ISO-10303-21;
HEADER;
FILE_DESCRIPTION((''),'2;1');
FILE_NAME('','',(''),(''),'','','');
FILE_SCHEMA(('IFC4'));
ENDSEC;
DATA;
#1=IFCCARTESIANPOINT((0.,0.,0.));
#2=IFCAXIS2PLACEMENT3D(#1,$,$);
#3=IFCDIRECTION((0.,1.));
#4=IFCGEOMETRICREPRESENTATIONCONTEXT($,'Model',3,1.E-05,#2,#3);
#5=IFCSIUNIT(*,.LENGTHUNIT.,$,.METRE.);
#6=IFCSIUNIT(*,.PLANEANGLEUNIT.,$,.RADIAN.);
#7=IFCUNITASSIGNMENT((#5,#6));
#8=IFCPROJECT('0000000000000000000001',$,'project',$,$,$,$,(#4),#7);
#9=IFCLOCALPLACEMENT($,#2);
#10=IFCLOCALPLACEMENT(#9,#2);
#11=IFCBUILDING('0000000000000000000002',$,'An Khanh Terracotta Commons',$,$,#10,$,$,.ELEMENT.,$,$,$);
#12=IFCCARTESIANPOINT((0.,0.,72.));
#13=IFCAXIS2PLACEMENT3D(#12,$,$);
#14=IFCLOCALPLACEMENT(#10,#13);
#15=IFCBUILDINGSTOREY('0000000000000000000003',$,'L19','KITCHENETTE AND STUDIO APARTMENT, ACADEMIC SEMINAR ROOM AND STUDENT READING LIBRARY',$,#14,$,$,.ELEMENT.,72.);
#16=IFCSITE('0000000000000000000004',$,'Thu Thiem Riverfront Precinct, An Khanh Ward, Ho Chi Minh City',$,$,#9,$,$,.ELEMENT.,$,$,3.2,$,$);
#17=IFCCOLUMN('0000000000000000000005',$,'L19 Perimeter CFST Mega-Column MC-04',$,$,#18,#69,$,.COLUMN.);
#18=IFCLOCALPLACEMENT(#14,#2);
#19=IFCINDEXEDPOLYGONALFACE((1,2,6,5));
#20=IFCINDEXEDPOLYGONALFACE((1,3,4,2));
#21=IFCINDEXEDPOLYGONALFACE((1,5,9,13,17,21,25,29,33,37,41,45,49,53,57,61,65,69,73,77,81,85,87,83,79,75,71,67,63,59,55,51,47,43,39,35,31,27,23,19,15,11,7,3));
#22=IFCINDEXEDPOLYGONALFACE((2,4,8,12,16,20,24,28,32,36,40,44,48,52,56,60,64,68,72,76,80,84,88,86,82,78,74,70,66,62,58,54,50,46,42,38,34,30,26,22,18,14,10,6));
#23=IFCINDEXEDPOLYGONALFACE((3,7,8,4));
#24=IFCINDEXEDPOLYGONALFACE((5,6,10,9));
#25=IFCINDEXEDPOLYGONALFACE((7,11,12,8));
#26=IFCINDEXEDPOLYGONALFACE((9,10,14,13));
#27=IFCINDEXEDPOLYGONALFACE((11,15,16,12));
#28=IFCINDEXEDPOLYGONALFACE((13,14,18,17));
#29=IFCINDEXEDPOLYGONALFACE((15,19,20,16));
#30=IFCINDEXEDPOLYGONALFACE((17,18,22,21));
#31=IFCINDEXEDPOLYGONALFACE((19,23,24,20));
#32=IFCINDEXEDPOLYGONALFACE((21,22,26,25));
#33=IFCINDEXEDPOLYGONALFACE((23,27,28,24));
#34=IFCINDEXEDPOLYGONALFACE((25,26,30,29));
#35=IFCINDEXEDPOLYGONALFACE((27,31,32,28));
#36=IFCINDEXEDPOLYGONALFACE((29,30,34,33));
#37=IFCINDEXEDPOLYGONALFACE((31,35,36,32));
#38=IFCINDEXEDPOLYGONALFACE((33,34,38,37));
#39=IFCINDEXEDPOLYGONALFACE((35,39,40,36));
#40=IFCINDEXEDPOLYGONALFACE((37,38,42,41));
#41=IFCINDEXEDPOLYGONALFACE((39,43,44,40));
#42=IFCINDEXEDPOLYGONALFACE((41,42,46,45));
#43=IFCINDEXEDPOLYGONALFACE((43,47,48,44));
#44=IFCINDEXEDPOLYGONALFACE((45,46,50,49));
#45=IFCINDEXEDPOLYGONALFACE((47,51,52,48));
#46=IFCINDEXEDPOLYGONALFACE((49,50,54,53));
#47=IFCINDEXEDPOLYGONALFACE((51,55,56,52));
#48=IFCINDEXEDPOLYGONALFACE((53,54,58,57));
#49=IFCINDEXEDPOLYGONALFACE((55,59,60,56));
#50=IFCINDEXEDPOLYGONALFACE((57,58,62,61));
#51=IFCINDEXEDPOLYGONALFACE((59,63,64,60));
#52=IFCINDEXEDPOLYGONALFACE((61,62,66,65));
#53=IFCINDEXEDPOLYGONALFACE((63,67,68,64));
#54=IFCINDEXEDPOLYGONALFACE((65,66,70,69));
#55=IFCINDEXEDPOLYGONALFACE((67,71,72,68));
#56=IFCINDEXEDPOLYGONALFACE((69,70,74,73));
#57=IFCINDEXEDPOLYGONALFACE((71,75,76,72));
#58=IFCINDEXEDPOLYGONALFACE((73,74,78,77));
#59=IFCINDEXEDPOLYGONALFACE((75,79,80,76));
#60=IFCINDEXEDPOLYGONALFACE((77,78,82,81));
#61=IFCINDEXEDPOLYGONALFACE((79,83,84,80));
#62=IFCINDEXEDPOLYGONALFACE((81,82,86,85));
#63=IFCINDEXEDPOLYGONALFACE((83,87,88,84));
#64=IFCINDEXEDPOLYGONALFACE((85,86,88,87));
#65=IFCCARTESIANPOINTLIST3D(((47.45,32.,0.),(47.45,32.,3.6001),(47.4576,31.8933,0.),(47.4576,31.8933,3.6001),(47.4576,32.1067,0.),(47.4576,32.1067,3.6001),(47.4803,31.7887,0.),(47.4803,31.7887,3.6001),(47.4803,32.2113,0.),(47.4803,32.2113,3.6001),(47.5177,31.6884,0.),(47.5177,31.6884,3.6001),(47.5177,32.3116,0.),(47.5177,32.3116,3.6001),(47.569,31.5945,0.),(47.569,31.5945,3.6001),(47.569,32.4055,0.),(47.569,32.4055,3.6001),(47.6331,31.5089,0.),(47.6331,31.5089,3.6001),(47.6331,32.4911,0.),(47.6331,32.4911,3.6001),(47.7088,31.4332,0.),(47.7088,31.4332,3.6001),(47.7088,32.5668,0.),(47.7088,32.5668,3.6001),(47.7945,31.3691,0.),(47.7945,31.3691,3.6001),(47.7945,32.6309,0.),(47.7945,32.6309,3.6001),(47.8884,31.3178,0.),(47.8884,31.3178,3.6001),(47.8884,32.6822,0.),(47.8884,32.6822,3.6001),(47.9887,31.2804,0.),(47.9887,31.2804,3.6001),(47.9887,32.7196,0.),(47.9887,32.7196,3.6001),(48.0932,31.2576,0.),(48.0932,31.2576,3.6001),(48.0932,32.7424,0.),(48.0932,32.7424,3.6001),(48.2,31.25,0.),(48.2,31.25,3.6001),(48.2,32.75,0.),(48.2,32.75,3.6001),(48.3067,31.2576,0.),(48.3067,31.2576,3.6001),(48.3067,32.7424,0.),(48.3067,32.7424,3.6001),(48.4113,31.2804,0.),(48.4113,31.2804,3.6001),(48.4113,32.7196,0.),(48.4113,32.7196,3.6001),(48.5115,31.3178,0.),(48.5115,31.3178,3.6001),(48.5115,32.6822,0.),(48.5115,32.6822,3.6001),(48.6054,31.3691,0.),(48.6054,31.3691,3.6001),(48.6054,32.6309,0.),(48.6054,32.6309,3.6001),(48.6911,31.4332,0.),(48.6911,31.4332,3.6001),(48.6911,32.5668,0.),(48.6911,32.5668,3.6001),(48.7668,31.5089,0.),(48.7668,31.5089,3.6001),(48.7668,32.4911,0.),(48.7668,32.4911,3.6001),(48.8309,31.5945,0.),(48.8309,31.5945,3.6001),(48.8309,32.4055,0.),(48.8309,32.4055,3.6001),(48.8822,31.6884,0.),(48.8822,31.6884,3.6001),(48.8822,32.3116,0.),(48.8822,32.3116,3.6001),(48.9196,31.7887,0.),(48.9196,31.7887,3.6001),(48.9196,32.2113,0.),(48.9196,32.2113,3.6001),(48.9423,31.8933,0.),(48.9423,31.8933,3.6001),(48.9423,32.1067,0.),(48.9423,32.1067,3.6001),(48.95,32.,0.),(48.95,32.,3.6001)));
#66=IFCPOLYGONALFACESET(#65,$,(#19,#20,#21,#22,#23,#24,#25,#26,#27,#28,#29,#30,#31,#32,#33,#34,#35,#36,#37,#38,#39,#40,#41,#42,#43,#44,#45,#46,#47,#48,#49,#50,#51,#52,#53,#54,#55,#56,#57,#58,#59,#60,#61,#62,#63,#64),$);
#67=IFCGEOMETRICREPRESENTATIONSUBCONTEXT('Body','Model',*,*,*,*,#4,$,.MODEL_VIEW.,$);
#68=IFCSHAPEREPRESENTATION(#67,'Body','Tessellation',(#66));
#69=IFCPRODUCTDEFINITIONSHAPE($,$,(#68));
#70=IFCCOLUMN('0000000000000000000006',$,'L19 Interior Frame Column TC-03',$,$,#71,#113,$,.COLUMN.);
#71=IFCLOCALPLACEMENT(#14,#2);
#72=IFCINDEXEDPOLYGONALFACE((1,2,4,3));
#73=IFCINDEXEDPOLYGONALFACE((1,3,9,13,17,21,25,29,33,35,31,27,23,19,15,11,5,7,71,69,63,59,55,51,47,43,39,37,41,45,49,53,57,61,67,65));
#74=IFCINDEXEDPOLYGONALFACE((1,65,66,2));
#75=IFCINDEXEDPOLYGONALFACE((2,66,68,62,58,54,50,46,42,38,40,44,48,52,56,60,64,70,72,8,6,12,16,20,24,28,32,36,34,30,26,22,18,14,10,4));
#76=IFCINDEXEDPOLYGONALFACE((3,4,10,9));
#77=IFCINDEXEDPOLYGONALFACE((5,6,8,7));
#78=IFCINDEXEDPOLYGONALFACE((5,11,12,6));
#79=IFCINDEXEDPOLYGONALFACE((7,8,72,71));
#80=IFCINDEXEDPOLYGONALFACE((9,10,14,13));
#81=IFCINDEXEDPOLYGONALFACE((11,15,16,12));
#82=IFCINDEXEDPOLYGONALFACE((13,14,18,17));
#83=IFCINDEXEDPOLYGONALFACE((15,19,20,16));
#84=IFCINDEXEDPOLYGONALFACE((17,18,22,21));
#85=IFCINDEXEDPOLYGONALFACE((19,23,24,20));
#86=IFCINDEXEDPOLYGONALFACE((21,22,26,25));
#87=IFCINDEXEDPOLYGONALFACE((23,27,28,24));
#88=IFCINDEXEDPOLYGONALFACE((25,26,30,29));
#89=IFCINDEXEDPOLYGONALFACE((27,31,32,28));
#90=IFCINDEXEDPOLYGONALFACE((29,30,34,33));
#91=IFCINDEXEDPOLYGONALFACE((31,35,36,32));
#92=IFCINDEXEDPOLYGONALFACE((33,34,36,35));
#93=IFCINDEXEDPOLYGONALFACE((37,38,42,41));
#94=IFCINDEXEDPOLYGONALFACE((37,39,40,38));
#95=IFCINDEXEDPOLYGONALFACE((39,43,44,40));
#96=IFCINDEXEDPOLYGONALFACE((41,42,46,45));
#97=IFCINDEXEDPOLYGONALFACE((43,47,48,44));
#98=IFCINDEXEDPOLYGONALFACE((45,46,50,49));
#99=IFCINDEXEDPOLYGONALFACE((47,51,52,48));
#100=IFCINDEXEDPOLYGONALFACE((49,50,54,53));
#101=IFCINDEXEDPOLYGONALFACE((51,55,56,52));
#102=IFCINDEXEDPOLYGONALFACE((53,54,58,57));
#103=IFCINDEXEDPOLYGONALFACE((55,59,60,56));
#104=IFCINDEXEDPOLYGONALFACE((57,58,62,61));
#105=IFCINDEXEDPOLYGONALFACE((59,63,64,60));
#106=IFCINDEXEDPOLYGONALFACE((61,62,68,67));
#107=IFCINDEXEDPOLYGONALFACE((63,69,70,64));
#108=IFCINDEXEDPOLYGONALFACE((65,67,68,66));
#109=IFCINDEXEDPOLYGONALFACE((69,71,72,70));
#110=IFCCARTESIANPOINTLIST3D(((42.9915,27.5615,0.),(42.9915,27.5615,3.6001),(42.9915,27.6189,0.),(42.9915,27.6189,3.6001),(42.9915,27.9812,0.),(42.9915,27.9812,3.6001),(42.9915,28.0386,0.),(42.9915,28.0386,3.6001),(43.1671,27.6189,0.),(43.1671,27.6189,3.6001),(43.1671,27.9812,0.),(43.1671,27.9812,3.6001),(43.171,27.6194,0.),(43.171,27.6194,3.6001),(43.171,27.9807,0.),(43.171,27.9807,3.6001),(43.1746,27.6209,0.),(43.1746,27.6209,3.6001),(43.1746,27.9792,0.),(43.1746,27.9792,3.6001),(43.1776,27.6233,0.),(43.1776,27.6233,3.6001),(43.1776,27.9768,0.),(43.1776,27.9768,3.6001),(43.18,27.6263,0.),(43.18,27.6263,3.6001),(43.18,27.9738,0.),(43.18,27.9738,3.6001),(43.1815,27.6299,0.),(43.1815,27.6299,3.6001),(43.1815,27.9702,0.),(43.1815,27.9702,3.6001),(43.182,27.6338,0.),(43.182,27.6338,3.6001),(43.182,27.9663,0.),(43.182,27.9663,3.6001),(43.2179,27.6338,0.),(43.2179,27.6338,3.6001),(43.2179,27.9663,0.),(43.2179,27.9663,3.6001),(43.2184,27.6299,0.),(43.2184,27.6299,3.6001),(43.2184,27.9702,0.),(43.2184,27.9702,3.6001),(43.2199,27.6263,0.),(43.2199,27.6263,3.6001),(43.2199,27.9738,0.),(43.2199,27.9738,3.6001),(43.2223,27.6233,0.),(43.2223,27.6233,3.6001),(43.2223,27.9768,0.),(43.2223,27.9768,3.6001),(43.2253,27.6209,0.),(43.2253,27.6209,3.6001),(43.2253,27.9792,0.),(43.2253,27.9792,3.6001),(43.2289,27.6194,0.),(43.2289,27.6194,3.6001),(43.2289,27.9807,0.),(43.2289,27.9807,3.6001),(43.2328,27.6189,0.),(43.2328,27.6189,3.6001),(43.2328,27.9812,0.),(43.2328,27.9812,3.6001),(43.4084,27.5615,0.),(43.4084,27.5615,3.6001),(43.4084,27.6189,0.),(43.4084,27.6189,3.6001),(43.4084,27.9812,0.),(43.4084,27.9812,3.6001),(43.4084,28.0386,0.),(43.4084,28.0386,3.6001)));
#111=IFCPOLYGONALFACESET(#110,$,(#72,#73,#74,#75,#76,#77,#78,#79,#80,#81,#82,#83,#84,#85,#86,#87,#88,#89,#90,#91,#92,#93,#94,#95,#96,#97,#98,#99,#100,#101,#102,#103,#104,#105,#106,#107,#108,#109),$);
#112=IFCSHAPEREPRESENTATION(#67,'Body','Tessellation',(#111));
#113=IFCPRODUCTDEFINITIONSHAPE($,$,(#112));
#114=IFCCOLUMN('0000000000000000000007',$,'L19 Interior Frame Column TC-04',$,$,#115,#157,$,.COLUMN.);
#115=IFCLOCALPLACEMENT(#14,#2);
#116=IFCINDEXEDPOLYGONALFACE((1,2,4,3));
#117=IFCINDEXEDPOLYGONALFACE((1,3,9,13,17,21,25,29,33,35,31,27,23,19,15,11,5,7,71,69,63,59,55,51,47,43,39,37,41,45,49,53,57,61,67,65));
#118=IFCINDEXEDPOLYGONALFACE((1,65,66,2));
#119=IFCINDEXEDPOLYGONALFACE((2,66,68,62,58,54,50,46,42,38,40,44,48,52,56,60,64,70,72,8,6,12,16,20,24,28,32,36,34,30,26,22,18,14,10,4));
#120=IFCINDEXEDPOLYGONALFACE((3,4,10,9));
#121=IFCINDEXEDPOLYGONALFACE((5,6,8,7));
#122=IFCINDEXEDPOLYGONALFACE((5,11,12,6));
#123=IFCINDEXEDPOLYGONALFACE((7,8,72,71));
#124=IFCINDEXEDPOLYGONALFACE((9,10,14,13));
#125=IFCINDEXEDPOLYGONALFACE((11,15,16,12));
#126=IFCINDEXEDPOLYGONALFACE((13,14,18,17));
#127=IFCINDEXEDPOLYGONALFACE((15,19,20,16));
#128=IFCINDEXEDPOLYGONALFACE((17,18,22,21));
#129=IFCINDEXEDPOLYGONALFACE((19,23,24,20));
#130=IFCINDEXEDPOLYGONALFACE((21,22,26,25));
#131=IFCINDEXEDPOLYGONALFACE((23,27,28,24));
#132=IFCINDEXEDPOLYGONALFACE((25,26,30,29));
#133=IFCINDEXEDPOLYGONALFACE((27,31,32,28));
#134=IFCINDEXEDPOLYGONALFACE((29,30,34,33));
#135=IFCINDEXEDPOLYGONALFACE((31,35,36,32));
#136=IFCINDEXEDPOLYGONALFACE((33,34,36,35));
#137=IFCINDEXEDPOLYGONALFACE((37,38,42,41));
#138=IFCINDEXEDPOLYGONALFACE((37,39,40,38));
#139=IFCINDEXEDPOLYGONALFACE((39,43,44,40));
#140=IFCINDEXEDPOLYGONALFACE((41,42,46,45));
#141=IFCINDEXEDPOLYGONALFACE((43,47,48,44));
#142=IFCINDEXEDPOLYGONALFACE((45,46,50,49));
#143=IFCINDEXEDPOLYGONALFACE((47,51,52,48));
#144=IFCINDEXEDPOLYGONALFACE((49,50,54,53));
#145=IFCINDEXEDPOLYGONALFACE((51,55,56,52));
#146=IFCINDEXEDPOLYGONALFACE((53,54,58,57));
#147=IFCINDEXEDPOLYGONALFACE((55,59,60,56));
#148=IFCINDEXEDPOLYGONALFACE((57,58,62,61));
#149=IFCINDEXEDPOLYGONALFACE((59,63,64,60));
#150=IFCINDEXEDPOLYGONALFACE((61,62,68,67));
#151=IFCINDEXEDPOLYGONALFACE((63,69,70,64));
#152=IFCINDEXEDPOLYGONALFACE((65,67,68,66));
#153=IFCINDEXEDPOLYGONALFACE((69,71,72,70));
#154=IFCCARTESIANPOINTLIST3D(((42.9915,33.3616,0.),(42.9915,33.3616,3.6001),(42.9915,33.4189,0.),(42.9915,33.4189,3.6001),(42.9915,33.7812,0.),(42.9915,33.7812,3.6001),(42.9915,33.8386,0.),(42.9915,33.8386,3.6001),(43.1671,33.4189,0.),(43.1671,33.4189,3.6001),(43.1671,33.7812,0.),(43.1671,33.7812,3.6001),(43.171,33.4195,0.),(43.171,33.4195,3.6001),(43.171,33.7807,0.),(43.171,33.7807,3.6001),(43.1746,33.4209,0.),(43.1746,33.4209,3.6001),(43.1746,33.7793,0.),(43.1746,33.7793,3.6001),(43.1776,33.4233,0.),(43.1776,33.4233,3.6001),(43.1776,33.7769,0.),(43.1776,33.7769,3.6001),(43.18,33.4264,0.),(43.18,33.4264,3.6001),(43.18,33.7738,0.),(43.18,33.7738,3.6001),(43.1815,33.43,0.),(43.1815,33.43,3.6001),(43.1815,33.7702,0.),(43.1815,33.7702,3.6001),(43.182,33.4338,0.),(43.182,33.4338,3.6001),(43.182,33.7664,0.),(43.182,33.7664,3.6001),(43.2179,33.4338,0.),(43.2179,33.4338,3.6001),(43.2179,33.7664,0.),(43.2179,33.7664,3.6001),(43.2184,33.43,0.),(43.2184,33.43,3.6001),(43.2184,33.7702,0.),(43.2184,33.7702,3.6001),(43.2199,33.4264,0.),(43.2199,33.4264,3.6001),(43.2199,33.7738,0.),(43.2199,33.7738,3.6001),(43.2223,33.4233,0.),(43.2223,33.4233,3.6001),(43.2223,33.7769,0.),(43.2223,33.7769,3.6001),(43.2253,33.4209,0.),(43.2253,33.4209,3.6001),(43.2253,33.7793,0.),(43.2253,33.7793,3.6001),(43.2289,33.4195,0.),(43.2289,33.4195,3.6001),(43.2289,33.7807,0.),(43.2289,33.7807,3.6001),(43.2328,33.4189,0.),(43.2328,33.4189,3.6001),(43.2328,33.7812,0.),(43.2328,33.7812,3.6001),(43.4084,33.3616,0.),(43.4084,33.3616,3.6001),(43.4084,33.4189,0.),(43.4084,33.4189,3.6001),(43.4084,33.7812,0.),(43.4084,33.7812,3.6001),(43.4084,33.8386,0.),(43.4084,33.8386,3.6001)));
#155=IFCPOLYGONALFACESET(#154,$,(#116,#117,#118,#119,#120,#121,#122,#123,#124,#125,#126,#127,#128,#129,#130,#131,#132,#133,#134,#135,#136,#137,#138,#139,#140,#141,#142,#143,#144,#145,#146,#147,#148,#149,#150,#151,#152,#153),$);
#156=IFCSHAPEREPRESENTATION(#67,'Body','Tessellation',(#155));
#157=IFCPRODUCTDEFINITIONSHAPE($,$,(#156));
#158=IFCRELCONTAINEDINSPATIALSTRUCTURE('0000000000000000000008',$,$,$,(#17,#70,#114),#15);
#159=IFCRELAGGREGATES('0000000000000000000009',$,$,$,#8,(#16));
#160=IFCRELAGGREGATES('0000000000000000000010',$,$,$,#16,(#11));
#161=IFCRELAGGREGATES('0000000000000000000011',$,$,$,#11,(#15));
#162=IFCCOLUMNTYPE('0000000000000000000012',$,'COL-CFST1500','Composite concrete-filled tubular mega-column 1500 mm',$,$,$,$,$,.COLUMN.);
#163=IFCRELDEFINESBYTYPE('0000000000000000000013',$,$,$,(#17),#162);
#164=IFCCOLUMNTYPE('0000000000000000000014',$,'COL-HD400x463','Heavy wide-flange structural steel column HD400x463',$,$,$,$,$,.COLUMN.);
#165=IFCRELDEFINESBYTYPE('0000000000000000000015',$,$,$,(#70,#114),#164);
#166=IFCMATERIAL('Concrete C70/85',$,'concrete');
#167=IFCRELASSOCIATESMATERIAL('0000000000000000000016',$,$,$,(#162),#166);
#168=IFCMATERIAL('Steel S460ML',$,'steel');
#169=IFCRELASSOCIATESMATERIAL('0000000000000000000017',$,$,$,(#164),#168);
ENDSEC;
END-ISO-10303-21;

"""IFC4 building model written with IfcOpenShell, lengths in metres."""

from ifc_helpers import new_model, si_unit, direction, frame, origin, origin_2d, place, context, subcontext, project, spatial, circle, i_section, extrude, material, material_profile, profile_set, type_object, element, save


model = new_model("IFC4")

# Units and contexts
model_context = context("Model", 3, precision=1e-05, world=origin(), true_north=direction((0.0, 1.0)))
body_context = subcontext(model_context, "Body", "Model", "MODEL_VIEW")
ifc_project = project(units=[si_unit("LENGTHUNIT", "METRE"), si_unit("PLANEANGLEUNIT", "RADIAN")], contexts=[model_context])

# Site, building, storey
site_placement = place(None, origin())
site = spatial("IfcSite", under=ifc_project, at=site_placement, Name="Thu Thiem Riverfront Precinct, An Khanh Ward, Ho Chi Minh City", CompositionType="ELEMENT", RefElevation=3.2)
building_placement = place(site_placement, origin())
building = spatial("IfcBuilding", under=site, at=building_placement, Name="An Khanh Terracotta Commons", CompositionType="ELEMENT")
storey_placement = place(building_placement, frame((0.0, 0.0, 72.0)))
storey = spatial("IfcBuildingStorey", under=building, at=storey_placement, Name="L19", Description="KITCHENETTE AND STUDIO APARTMENT, ACADEMIC SEMINAR ROOM AND STUDENT READING LIBRARY", CompositionType="ELEMENT", Elevation=72.0)

# Columns
ifc_material_1 = material(Name="Concrete C70/85", Category="concrete")
ifc_material_profile_1 = material_profile(ifc_material_1, circle(Radius=0.75, at=origin_2d()), Name="CFST1500")
ifc_profile_set_1 = profile_set([ifc_material_profile_1], Name="Concrete C70/85")
column_type_1 = type_object("IfcColumnType", Name="COL-CFST1500", Description="Composite concrete-filled tubular mega-column 1500 mm", PredefinedType="COLUMN", material=ifc_profile_set_1)
column_placement = place(storey_placement, frame((48.2, 32.0, 0.0), z_axis=(0.0, 0.0, 1.0), x_axis=(1.0, 0.0, 0.0)))
element("IfcColumn", 1, at=column_placement, inside=storey, type_object=column_type_1, Name="L19 Perimeter CFST Mega-Column MC-04", PredefinedType="COLUMN", context=body_context, shape_type="SweptSolid", body=[
    extrude(circle(Radius=0.75, at=origin_2d()), origin(), (0.0, 0.0, 1.0), 3.6001),
])
ifc_material_2 = material(Name="Steel S460ML", Category="steel")
ifc_material_profile_2 = material_profile(ifc_material_2, i_section(OverallWidth=0.417, OverallDepth=0.4771, WebThickness=0.0359, FlangeThickness=0.0574, FilletRadius=0.0149, at=origin_2d()), Name="HD400x463")
ifc_profile_set_2 = profile_set([ifc_material_profile_2], Name="Steel S460ML")
column_type_2 = type_object("IfcColumnType", Name="COL-HD400x463", Description="Heavy wide-flange structural steel column HD400x463", PredefinedType="COLUMN", material=ifc_profile_set_2)
for number, where, z_axis, x_axis, name in (
    (2, (43.2, 27.8, 0.0), (0.0, 0.0, 1.0), (1.0, 0.0, 0.0), "L19 Interior Frame Column TC-03"),
    (3, (43.2, 33.6001, 0.0), (0.0, 0.0, 1.0), (1.0, 0.0, 0.0), "L19 Interior Frame Column TC-04"),
):
    element("IfcColumn", number, at=place(storey_placement, frame(where, z_axis=z_axis, x_axis=x_axis)), inside=storey, type_object=column_type_2, Name=name, PredefinedType="COLUMN", context=body_context, shape_type="SweptSolid", body=[
        extrude(i_section(OverallWidth=0.417, OverallDepth=0.4771, WebThickness=0.0359, FlangeThickness=0.0574, FilletRadius=0.0149, at=origin_2d()), origin(), (0.0, 0.0, 1.0), 3.6001),
    ])

save(model, "model.ifc")
